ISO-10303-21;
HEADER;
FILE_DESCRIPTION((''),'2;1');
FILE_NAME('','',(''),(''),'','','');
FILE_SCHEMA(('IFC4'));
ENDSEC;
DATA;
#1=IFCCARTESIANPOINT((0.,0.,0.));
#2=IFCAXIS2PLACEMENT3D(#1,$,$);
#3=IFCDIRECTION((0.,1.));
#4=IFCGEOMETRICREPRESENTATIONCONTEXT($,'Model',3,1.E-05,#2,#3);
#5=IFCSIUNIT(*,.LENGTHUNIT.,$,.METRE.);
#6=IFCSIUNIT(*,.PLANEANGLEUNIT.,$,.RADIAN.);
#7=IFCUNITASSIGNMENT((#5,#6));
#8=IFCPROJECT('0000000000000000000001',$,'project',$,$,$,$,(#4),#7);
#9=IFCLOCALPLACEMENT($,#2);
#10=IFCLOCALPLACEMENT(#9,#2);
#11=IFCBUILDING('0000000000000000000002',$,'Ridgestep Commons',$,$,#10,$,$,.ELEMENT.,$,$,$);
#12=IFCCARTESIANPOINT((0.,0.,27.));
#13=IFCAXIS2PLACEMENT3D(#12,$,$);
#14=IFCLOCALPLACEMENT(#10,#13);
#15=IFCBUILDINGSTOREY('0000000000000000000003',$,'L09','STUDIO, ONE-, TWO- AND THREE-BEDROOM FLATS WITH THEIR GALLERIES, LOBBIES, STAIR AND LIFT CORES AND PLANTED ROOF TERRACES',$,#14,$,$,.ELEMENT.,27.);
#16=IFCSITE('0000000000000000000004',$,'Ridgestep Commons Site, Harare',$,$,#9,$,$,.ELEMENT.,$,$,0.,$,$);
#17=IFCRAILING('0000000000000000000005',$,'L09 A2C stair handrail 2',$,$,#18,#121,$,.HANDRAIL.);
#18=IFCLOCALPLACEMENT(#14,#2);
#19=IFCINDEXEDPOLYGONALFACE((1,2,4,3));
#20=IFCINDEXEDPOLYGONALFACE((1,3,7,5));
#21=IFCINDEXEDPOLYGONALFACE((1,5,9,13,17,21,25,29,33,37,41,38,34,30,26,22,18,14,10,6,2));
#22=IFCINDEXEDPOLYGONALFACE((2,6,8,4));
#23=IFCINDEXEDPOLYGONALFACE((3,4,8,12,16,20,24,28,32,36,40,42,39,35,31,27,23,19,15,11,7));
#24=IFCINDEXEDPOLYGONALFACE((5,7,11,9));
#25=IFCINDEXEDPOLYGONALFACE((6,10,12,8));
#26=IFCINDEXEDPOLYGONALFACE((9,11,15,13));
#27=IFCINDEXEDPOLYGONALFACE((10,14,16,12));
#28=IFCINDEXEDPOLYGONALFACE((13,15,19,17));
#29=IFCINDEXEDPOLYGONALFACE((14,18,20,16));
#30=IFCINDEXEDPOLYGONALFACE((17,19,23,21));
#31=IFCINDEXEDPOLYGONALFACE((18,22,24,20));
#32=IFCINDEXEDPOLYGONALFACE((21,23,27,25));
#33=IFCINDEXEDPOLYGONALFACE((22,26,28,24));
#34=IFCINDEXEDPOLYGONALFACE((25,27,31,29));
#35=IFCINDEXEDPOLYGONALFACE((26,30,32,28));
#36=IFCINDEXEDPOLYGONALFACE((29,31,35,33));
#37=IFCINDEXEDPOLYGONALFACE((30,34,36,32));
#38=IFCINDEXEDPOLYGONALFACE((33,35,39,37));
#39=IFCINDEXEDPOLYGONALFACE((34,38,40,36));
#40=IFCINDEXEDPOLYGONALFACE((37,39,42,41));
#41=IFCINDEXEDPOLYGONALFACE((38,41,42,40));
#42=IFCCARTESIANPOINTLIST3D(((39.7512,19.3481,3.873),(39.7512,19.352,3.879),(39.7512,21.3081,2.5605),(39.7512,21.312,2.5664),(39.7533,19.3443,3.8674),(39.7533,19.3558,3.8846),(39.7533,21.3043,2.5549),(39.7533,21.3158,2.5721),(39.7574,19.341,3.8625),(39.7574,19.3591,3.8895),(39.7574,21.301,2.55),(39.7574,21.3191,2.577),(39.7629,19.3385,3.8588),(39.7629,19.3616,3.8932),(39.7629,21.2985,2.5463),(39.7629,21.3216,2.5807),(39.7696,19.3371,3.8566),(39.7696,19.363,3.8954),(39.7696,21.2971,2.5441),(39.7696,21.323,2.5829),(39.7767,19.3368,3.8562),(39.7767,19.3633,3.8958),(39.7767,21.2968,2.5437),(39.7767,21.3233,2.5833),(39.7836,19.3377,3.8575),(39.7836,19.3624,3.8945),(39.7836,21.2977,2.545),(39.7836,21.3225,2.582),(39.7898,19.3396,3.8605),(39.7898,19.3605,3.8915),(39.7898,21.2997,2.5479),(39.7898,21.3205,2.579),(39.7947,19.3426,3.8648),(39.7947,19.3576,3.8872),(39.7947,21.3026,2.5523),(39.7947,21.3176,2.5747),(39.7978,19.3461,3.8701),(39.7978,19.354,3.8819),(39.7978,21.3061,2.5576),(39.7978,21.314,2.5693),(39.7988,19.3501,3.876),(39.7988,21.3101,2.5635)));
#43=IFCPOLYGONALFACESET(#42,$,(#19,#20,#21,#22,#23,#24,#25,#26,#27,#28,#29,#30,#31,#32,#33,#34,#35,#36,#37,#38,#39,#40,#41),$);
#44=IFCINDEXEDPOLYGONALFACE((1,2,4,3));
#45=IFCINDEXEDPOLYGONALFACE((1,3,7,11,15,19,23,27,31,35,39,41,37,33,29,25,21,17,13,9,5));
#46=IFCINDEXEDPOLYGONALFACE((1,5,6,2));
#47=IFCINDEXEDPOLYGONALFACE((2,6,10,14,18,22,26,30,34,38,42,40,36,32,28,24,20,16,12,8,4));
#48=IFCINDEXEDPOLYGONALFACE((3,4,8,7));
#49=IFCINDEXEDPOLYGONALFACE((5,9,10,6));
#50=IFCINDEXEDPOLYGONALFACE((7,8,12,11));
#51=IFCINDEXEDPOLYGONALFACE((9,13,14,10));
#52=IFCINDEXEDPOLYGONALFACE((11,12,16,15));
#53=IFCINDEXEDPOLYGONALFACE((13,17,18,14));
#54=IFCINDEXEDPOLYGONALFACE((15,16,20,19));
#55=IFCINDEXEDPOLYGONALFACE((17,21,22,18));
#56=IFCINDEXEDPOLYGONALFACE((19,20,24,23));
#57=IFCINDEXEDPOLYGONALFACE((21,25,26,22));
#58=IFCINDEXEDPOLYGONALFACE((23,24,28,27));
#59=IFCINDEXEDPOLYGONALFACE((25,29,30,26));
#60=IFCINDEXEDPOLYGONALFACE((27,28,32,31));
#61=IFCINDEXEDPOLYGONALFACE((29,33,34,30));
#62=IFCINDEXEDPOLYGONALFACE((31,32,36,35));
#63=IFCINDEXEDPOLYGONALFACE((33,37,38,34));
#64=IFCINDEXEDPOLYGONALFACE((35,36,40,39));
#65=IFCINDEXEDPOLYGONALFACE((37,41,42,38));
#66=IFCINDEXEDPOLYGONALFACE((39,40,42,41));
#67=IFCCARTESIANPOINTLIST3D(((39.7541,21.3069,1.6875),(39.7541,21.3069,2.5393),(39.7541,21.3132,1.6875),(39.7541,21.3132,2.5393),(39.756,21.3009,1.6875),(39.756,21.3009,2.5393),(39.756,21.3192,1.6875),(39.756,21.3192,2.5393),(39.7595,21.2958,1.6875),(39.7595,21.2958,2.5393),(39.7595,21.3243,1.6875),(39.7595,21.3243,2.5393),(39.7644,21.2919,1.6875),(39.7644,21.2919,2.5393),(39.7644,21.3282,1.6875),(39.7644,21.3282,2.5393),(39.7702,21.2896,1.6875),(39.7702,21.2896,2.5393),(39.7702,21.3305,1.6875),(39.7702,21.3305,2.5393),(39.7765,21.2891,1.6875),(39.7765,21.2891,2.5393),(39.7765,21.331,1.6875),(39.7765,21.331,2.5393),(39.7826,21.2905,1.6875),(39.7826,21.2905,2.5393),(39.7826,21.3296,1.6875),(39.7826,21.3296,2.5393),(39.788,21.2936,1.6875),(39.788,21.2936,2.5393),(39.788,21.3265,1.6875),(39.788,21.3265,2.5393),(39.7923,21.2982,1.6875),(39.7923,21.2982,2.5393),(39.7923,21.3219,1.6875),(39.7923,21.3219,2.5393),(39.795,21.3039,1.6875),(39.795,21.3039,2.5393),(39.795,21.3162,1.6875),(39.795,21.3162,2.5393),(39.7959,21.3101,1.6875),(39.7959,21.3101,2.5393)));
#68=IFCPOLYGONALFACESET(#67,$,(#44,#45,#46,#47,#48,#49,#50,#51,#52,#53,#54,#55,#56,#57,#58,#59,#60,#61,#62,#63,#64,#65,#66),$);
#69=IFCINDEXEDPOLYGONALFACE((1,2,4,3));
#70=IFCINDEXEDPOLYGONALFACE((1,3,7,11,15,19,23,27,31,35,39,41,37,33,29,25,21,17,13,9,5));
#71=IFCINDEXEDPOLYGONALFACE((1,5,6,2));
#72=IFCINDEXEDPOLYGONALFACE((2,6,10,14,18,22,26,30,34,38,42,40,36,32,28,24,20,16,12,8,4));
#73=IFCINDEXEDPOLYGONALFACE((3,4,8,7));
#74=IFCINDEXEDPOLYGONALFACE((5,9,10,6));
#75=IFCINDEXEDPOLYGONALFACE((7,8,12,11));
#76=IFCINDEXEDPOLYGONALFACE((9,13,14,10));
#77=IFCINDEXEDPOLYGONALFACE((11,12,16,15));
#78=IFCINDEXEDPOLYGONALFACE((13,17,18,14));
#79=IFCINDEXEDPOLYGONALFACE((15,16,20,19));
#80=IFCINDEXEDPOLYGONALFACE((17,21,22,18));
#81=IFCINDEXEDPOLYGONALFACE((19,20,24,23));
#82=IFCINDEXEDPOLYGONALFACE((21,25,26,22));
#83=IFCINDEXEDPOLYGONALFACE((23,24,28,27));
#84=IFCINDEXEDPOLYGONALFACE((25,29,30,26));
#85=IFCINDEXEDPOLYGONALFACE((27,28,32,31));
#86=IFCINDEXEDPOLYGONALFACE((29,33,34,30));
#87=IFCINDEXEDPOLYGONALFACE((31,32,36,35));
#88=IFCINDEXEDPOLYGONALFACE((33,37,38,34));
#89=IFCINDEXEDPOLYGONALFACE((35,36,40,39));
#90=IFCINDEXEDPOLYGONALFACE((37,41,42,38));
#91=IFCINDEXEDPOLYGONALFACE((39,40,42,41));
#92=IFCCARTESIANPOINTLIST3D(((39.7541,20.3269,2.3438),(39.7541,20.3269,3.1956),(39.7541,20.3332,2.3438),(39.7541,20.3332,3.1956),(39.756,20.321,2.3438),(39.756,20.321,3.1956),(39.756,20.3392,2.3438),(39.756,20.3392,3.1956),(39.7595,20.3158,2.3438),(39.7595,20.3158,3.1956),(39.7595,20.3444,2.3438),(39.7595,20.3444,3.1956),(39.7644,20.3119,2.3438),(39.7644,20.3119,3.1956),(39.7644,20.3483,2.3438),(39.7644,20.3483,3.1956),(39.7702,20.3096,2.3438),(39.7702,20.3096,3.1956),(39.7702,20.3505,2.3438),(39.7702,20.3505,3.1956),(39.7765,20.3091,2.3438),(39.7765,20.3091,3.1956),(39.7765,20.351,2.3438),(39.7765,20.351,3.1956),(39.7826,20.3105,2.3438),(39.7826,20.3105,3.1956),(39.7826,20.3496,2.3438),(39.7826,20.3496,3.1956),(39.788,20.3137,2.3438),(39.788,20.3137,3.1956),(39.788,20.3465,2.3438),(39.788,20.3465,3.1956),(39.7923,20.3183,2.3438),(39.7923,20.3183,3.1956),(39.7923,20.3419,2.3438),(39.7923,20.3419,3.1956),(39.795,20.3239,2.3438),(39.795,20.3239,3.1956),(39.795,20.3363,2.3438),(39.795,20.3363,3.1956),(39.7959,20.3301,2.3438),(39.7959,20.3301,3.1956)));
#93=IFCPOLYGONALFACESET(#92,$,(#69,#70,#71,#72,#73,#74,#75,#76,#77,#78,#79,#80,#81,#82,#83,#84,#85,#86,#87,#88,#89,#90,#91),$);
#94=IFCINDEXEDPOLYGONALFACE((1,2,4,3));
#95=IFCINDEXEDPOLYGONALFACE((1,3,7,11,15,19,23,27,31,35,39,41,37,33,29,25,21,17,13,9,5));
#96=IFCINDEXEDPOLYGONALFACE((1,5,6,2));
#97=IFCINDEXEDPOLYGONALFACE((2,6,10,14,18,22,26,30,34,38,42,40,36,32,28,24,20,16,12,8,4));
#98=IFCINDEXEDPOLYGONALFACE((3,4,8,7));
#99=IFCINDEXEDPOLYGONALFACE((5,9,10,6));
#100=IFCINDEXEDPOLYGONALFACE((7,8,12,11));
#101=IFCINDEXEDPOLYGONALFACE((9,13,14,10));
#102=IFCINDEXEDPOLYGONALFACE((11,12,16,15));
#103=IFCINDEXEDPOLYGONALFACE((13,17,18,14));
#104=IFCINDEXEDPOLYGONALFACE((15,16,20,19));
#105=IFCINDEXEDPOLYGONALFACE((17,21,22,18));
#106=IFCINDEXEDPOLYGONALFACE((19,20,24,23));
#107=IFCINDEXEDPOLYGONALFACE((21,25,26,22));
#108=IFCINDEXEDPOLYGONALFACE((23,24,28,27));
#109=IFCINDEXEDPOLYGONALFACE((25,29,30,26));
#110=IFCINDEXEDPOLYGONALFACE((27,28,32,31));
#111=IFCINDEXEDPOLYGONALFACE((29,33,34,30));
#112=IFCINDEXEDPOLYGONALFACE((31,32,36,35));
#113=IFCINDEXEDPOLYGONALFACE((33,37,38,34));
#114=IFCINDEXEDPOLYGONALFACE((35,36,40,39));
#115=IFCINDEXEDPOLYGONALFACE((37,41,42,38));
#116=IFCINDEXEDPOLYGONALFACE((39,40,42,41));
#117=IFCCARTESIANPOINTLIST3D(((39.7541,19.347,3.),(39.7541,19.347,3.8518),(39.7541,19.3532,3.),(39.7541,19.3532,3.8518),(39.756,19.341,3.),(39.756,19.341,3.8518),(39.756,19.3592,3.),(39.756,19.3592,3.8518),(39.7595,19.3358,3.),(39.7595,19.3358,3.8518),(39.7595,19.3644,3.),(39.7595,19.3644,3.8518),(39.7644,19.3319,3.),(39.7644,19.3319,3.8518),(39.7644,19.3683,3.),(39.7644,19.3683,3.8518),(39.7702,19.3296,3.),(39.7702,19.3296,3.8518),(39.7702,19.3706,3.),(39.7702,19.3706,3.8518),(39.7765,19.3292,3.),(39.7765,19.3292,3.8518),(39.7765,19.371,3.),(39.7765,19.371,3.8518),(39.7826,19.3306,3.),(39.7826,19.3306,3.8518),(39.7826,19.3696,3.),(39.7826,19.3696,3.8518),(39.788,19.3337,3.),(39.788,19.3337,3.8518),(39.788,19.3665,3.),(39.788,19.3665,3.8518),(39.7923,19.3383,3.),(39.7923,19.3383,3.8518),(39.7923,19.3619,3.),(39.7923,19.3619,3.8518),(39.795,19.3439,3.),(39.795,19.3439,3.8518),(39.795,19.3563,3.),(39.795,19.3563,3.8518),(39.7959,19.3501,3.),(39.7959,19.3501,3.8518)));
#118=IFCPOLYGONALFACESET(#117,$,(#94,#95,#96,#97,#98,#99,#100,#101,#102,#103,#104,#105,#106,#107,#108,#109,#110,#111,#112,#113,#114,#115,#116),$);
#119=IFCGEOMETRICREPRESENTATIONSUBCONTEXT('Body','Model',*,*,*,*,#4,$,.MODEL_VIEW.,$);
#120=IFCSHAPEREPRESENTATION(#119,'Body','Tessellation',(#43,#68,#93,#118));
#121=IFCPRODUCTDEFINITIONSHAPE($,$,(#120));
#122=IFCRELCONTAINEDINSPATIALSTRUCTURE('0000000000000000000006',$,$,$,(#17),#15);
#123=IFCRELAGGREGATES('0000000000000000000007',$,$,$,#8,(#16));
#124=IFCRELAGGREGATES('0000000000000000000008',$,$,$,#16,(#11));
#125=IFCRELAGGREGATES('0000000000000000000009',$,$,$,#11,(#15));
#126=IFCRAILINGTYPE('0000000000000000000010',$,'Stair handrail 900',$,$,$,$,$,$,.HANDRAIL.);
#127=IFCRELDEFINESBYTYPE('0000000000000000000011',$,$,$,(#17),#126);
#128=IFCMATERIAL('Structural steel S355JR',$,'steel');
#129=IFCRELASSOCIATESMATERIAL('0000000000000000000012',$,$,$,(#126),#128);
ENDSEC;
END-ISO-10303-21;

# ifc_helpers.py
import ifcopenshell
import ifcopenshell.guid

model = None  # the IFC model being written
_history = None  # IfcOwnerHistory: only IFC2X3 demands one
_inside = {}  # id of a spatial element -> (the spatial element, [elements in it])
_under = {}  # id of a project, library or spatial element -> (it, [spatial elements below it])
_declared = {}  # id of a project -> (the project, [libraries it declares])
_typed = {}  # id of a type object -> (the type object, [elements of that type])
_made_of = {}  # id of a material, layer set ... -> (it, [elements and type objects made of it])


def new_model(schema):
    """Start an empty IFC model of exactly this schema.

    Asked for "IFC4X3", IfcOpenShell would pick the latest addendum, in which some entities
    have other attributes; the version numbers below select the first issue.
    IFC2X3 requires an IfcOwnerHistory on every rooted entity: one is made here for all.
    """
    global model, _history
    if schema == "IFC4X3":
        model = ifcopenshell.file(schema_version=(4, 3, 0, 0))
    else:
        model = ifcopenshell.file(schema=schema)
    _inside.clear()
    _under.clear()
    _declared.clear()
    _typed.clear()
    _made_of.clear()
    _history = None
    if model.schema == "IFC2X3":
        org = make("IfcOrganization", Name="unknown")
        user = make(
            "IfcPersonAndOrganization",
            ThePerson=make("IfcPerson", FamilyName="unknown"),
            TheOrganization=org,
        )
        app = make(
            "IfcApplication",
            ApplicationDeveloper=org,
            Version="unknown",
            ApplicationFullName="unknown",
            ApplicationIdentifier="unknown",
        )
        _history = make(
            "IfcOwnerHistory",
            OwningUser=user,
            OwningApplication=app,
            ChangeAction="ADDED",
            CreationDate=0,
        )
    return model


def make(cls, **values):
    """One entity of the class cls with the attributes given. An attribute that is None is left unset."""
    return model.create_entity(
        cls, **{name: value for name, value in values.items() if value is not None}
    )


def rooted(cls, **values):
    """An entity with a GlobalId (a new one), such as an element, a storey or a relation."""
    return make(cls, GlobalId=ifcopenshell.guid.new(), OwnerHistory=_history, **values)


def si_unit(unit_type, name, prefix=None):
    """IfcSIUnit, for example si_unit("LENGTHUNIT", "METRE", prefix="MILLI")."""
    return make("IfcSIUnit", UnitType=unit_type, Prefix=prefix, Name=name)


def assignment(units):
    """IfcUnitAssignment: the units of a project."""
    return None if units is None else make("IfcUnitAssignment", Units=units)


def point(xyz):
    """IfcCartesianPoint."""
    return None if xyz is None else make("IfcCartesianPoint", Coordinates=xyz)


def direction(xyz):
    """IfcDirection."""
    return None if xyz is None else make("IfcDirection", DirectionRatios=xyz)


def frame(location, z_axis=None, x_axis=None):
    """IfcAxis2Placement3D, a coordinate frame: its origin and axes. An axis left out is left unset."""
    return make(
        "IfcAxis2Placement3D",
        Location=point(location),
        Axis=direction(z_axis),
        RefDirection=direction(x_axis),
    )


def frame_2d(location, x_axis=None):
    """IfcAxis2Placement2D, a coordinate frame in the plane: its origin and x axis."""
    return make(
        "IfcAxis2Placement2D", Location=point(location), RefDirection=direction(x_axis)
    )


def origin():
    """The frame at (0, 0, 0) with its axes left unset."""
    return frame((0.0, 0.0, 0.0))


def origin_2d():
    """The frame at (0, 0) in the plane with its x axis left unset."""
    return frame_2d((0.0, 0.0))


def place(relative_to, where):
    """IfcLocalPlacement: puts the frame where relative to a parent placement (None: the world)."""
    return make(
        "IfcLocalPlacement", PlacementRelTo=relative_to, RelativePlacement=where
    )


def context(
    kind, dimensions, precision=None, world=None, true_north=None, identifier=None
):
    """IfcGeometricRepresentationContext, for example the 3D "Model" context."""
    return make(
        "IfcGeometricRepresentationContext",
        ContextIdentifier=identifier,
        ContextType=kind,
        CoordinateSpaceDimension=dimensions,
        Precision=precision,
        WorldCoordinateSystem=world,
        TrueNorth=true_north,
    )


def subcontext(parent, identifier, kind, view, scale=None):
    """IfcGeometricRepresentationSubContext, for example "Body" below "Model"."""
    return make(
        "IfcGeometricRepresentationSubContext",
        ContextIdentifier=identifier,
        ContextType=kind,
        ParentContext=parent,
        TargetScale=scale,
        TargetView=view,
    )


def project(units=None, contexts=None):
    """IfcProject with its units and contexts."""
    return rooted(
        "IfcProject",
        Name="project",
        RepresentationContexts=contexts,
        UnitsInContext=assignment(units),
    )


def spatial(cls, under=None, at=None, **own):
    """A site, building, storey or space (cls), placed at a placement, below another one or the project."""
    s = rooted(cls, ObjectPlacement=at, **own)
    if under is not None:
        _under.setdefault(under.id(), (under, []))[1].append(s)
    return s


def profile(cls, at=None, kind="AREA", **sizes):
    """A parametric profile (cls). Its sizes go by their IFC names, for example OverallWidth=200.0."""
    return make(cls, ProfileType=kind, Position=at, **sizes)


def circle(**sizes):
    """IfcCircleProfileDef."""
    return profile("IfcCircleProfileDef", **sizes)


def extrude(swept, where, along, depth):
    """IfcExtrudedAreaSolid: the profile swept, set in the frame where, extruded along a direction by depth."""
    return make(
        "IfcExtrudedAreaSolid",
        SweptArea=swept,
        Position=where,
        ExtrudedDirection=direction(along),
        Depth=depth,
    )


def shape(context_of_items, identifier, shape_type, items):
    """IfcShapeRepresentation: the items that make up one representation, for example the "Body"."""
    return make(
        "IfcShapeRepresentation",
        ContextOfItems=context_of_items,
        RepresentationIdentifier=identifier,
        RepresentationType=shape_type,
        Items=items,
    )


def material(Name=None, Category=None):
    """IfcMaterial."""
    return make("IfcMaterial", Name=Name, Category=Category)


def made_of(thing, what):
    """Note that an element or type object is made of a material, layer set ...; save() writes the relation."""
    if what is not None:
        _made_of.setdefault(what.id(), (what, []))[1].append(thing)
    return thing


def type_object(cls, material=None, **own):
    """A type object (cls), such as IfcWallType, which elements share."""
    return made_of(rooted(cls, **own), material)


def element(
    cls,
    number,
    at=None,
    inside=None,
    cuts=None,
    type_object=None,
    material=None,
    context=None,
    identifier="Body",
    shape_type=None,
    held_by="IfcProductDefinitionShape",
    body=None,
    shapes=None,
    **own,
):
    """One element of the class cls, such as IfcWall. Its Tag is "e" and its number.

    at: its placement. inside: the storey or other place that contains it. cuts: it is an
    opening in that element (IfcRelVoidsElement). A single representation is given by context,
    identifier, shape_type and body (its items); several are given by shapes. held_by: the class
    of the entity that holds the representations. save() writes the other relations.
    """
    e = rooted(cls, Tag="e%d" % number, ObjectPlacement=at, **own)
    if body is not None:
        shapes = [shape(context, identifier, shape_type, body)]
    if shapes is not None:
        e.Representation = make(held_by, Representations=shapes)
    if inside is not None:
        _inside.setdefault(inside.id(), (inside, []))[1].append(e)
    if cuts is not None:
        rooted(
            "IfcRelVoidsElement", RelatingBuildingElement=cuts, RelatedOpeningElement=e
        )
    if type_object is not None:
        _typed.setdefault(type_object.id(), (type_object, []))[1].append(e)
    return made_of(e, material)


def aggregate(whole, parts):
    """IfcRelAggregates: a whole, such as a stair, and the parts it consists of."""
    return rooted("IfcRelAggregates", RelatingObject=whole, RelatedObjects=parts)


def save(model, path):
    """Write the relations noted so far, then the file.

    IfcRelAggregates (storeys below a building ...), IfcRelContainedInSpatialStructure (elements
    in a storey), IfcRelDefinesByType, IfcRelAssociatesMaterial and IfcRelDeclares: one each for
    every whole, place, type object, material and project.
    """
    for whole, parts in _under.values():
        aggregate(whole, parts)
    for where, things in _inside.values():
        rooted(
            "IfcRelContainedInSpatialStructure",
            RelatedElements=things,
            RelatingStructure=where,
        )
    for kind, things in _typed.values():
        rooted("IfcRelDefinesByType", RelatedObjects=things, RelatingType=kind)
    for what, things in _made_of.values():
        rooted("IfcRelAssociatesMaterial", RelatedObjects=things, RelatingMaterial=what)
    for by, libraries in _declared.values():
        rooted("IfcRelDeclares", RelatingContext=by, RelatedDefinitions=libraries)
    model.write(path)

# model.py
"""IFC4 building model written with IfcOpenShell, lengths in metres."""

from ifc_helpers import new_model, si_unit, direction, frame, origin, origin_2d, place, context, subcontext, project, spatial, circle, extrude, material, type_object, element, save


model = new_model("IFC4")

# Units and contexts
model_context = context("Model", 3, precision=1e-05, world=origin(), true_north=direction((0.0, 1.0)))
body_context = subcontext(model_context, "Body", "Model", "MODEL_VIEW")
ifc_project = project(units=[si_unit("LENGTHUNIT", "METRE"), si_unit("PLANEANGLEUNIT", "RADIAN")], contexts=[model_context])

# Site, building, storey
site_placement = place(None, origin())
site = spatial("IfcSite", under=ifc_project, at=site_placement, Name="Ridgestep Commons Site, Harare", CompositionType="ELEMENT", RefElevation=0.0)
building_placement = place(site_placement, origin())
building = spatial("IfcBuilding", under=site, at=building_placement, Name="Ridgestep Commons", CompositionType="ELEMENT")
storey_placement = place(building_placement, frame((0.0, 0.0, 27.0)))
storey = spatial("IfcBuildingStorey", under=building, at=storey_placement, Name="L09", Description="STUDIO, ONE-, TWO- AND THREE-BEDROOM FLATS WITH THEIR GALLERIES, LOBBIES, STAIR AND LIFT CORES AND PLANTED ROOF TERRACES", CompositionType="ELEMENT", Elevation=27.0)

# Railing
ifc_material_1 = material(Name="Structural steel S355JR", Category="steel")
railing_type_1 = type_object("IfcRailingType", Name="Stair handrail 900", PredefinedType="HANDRAIL", material=ifc_material_1)
railing_1_placement = place(storey_placement, frame((39.7749, 21.3101, 1.6875)))
element("IfcRailing", 1, at=railing_1_placement, inside=storey, type_object=railing_type_1, Name="L09 A2C stair handrail 2", PredefinedType="HANDRAIL", context=body_context, shape_type="SweptSolid", body=[
    extrude(circle(Radius=0.0239, at=origin_2d()), frame((0.0, 0.0, 0.876), z_axis=(0.0, -0.830902, 0.556419), x_axis=(1.0, 0.0, 0.0)), (0.0, 0.0, 1.0), 2.3589),
    extrude(circle(Radius=0.021, at=origin_2d()), origin(), (0.0, 0.0, 1.0), 0.8518),
    extrude(circle(Radius=0.021, at=origin_2d()), frame((0.0, -0.98, 0.6562)), (0.0, 0.0, 1.0), 0.8518),
    extrude(circle(Radius=0.021, at=origin_2d()), frame((0.0, -1.96, 1.3125)), (0.0, 0.0, 1.0), 0.8518),
])

save(model, "model.ifc")
